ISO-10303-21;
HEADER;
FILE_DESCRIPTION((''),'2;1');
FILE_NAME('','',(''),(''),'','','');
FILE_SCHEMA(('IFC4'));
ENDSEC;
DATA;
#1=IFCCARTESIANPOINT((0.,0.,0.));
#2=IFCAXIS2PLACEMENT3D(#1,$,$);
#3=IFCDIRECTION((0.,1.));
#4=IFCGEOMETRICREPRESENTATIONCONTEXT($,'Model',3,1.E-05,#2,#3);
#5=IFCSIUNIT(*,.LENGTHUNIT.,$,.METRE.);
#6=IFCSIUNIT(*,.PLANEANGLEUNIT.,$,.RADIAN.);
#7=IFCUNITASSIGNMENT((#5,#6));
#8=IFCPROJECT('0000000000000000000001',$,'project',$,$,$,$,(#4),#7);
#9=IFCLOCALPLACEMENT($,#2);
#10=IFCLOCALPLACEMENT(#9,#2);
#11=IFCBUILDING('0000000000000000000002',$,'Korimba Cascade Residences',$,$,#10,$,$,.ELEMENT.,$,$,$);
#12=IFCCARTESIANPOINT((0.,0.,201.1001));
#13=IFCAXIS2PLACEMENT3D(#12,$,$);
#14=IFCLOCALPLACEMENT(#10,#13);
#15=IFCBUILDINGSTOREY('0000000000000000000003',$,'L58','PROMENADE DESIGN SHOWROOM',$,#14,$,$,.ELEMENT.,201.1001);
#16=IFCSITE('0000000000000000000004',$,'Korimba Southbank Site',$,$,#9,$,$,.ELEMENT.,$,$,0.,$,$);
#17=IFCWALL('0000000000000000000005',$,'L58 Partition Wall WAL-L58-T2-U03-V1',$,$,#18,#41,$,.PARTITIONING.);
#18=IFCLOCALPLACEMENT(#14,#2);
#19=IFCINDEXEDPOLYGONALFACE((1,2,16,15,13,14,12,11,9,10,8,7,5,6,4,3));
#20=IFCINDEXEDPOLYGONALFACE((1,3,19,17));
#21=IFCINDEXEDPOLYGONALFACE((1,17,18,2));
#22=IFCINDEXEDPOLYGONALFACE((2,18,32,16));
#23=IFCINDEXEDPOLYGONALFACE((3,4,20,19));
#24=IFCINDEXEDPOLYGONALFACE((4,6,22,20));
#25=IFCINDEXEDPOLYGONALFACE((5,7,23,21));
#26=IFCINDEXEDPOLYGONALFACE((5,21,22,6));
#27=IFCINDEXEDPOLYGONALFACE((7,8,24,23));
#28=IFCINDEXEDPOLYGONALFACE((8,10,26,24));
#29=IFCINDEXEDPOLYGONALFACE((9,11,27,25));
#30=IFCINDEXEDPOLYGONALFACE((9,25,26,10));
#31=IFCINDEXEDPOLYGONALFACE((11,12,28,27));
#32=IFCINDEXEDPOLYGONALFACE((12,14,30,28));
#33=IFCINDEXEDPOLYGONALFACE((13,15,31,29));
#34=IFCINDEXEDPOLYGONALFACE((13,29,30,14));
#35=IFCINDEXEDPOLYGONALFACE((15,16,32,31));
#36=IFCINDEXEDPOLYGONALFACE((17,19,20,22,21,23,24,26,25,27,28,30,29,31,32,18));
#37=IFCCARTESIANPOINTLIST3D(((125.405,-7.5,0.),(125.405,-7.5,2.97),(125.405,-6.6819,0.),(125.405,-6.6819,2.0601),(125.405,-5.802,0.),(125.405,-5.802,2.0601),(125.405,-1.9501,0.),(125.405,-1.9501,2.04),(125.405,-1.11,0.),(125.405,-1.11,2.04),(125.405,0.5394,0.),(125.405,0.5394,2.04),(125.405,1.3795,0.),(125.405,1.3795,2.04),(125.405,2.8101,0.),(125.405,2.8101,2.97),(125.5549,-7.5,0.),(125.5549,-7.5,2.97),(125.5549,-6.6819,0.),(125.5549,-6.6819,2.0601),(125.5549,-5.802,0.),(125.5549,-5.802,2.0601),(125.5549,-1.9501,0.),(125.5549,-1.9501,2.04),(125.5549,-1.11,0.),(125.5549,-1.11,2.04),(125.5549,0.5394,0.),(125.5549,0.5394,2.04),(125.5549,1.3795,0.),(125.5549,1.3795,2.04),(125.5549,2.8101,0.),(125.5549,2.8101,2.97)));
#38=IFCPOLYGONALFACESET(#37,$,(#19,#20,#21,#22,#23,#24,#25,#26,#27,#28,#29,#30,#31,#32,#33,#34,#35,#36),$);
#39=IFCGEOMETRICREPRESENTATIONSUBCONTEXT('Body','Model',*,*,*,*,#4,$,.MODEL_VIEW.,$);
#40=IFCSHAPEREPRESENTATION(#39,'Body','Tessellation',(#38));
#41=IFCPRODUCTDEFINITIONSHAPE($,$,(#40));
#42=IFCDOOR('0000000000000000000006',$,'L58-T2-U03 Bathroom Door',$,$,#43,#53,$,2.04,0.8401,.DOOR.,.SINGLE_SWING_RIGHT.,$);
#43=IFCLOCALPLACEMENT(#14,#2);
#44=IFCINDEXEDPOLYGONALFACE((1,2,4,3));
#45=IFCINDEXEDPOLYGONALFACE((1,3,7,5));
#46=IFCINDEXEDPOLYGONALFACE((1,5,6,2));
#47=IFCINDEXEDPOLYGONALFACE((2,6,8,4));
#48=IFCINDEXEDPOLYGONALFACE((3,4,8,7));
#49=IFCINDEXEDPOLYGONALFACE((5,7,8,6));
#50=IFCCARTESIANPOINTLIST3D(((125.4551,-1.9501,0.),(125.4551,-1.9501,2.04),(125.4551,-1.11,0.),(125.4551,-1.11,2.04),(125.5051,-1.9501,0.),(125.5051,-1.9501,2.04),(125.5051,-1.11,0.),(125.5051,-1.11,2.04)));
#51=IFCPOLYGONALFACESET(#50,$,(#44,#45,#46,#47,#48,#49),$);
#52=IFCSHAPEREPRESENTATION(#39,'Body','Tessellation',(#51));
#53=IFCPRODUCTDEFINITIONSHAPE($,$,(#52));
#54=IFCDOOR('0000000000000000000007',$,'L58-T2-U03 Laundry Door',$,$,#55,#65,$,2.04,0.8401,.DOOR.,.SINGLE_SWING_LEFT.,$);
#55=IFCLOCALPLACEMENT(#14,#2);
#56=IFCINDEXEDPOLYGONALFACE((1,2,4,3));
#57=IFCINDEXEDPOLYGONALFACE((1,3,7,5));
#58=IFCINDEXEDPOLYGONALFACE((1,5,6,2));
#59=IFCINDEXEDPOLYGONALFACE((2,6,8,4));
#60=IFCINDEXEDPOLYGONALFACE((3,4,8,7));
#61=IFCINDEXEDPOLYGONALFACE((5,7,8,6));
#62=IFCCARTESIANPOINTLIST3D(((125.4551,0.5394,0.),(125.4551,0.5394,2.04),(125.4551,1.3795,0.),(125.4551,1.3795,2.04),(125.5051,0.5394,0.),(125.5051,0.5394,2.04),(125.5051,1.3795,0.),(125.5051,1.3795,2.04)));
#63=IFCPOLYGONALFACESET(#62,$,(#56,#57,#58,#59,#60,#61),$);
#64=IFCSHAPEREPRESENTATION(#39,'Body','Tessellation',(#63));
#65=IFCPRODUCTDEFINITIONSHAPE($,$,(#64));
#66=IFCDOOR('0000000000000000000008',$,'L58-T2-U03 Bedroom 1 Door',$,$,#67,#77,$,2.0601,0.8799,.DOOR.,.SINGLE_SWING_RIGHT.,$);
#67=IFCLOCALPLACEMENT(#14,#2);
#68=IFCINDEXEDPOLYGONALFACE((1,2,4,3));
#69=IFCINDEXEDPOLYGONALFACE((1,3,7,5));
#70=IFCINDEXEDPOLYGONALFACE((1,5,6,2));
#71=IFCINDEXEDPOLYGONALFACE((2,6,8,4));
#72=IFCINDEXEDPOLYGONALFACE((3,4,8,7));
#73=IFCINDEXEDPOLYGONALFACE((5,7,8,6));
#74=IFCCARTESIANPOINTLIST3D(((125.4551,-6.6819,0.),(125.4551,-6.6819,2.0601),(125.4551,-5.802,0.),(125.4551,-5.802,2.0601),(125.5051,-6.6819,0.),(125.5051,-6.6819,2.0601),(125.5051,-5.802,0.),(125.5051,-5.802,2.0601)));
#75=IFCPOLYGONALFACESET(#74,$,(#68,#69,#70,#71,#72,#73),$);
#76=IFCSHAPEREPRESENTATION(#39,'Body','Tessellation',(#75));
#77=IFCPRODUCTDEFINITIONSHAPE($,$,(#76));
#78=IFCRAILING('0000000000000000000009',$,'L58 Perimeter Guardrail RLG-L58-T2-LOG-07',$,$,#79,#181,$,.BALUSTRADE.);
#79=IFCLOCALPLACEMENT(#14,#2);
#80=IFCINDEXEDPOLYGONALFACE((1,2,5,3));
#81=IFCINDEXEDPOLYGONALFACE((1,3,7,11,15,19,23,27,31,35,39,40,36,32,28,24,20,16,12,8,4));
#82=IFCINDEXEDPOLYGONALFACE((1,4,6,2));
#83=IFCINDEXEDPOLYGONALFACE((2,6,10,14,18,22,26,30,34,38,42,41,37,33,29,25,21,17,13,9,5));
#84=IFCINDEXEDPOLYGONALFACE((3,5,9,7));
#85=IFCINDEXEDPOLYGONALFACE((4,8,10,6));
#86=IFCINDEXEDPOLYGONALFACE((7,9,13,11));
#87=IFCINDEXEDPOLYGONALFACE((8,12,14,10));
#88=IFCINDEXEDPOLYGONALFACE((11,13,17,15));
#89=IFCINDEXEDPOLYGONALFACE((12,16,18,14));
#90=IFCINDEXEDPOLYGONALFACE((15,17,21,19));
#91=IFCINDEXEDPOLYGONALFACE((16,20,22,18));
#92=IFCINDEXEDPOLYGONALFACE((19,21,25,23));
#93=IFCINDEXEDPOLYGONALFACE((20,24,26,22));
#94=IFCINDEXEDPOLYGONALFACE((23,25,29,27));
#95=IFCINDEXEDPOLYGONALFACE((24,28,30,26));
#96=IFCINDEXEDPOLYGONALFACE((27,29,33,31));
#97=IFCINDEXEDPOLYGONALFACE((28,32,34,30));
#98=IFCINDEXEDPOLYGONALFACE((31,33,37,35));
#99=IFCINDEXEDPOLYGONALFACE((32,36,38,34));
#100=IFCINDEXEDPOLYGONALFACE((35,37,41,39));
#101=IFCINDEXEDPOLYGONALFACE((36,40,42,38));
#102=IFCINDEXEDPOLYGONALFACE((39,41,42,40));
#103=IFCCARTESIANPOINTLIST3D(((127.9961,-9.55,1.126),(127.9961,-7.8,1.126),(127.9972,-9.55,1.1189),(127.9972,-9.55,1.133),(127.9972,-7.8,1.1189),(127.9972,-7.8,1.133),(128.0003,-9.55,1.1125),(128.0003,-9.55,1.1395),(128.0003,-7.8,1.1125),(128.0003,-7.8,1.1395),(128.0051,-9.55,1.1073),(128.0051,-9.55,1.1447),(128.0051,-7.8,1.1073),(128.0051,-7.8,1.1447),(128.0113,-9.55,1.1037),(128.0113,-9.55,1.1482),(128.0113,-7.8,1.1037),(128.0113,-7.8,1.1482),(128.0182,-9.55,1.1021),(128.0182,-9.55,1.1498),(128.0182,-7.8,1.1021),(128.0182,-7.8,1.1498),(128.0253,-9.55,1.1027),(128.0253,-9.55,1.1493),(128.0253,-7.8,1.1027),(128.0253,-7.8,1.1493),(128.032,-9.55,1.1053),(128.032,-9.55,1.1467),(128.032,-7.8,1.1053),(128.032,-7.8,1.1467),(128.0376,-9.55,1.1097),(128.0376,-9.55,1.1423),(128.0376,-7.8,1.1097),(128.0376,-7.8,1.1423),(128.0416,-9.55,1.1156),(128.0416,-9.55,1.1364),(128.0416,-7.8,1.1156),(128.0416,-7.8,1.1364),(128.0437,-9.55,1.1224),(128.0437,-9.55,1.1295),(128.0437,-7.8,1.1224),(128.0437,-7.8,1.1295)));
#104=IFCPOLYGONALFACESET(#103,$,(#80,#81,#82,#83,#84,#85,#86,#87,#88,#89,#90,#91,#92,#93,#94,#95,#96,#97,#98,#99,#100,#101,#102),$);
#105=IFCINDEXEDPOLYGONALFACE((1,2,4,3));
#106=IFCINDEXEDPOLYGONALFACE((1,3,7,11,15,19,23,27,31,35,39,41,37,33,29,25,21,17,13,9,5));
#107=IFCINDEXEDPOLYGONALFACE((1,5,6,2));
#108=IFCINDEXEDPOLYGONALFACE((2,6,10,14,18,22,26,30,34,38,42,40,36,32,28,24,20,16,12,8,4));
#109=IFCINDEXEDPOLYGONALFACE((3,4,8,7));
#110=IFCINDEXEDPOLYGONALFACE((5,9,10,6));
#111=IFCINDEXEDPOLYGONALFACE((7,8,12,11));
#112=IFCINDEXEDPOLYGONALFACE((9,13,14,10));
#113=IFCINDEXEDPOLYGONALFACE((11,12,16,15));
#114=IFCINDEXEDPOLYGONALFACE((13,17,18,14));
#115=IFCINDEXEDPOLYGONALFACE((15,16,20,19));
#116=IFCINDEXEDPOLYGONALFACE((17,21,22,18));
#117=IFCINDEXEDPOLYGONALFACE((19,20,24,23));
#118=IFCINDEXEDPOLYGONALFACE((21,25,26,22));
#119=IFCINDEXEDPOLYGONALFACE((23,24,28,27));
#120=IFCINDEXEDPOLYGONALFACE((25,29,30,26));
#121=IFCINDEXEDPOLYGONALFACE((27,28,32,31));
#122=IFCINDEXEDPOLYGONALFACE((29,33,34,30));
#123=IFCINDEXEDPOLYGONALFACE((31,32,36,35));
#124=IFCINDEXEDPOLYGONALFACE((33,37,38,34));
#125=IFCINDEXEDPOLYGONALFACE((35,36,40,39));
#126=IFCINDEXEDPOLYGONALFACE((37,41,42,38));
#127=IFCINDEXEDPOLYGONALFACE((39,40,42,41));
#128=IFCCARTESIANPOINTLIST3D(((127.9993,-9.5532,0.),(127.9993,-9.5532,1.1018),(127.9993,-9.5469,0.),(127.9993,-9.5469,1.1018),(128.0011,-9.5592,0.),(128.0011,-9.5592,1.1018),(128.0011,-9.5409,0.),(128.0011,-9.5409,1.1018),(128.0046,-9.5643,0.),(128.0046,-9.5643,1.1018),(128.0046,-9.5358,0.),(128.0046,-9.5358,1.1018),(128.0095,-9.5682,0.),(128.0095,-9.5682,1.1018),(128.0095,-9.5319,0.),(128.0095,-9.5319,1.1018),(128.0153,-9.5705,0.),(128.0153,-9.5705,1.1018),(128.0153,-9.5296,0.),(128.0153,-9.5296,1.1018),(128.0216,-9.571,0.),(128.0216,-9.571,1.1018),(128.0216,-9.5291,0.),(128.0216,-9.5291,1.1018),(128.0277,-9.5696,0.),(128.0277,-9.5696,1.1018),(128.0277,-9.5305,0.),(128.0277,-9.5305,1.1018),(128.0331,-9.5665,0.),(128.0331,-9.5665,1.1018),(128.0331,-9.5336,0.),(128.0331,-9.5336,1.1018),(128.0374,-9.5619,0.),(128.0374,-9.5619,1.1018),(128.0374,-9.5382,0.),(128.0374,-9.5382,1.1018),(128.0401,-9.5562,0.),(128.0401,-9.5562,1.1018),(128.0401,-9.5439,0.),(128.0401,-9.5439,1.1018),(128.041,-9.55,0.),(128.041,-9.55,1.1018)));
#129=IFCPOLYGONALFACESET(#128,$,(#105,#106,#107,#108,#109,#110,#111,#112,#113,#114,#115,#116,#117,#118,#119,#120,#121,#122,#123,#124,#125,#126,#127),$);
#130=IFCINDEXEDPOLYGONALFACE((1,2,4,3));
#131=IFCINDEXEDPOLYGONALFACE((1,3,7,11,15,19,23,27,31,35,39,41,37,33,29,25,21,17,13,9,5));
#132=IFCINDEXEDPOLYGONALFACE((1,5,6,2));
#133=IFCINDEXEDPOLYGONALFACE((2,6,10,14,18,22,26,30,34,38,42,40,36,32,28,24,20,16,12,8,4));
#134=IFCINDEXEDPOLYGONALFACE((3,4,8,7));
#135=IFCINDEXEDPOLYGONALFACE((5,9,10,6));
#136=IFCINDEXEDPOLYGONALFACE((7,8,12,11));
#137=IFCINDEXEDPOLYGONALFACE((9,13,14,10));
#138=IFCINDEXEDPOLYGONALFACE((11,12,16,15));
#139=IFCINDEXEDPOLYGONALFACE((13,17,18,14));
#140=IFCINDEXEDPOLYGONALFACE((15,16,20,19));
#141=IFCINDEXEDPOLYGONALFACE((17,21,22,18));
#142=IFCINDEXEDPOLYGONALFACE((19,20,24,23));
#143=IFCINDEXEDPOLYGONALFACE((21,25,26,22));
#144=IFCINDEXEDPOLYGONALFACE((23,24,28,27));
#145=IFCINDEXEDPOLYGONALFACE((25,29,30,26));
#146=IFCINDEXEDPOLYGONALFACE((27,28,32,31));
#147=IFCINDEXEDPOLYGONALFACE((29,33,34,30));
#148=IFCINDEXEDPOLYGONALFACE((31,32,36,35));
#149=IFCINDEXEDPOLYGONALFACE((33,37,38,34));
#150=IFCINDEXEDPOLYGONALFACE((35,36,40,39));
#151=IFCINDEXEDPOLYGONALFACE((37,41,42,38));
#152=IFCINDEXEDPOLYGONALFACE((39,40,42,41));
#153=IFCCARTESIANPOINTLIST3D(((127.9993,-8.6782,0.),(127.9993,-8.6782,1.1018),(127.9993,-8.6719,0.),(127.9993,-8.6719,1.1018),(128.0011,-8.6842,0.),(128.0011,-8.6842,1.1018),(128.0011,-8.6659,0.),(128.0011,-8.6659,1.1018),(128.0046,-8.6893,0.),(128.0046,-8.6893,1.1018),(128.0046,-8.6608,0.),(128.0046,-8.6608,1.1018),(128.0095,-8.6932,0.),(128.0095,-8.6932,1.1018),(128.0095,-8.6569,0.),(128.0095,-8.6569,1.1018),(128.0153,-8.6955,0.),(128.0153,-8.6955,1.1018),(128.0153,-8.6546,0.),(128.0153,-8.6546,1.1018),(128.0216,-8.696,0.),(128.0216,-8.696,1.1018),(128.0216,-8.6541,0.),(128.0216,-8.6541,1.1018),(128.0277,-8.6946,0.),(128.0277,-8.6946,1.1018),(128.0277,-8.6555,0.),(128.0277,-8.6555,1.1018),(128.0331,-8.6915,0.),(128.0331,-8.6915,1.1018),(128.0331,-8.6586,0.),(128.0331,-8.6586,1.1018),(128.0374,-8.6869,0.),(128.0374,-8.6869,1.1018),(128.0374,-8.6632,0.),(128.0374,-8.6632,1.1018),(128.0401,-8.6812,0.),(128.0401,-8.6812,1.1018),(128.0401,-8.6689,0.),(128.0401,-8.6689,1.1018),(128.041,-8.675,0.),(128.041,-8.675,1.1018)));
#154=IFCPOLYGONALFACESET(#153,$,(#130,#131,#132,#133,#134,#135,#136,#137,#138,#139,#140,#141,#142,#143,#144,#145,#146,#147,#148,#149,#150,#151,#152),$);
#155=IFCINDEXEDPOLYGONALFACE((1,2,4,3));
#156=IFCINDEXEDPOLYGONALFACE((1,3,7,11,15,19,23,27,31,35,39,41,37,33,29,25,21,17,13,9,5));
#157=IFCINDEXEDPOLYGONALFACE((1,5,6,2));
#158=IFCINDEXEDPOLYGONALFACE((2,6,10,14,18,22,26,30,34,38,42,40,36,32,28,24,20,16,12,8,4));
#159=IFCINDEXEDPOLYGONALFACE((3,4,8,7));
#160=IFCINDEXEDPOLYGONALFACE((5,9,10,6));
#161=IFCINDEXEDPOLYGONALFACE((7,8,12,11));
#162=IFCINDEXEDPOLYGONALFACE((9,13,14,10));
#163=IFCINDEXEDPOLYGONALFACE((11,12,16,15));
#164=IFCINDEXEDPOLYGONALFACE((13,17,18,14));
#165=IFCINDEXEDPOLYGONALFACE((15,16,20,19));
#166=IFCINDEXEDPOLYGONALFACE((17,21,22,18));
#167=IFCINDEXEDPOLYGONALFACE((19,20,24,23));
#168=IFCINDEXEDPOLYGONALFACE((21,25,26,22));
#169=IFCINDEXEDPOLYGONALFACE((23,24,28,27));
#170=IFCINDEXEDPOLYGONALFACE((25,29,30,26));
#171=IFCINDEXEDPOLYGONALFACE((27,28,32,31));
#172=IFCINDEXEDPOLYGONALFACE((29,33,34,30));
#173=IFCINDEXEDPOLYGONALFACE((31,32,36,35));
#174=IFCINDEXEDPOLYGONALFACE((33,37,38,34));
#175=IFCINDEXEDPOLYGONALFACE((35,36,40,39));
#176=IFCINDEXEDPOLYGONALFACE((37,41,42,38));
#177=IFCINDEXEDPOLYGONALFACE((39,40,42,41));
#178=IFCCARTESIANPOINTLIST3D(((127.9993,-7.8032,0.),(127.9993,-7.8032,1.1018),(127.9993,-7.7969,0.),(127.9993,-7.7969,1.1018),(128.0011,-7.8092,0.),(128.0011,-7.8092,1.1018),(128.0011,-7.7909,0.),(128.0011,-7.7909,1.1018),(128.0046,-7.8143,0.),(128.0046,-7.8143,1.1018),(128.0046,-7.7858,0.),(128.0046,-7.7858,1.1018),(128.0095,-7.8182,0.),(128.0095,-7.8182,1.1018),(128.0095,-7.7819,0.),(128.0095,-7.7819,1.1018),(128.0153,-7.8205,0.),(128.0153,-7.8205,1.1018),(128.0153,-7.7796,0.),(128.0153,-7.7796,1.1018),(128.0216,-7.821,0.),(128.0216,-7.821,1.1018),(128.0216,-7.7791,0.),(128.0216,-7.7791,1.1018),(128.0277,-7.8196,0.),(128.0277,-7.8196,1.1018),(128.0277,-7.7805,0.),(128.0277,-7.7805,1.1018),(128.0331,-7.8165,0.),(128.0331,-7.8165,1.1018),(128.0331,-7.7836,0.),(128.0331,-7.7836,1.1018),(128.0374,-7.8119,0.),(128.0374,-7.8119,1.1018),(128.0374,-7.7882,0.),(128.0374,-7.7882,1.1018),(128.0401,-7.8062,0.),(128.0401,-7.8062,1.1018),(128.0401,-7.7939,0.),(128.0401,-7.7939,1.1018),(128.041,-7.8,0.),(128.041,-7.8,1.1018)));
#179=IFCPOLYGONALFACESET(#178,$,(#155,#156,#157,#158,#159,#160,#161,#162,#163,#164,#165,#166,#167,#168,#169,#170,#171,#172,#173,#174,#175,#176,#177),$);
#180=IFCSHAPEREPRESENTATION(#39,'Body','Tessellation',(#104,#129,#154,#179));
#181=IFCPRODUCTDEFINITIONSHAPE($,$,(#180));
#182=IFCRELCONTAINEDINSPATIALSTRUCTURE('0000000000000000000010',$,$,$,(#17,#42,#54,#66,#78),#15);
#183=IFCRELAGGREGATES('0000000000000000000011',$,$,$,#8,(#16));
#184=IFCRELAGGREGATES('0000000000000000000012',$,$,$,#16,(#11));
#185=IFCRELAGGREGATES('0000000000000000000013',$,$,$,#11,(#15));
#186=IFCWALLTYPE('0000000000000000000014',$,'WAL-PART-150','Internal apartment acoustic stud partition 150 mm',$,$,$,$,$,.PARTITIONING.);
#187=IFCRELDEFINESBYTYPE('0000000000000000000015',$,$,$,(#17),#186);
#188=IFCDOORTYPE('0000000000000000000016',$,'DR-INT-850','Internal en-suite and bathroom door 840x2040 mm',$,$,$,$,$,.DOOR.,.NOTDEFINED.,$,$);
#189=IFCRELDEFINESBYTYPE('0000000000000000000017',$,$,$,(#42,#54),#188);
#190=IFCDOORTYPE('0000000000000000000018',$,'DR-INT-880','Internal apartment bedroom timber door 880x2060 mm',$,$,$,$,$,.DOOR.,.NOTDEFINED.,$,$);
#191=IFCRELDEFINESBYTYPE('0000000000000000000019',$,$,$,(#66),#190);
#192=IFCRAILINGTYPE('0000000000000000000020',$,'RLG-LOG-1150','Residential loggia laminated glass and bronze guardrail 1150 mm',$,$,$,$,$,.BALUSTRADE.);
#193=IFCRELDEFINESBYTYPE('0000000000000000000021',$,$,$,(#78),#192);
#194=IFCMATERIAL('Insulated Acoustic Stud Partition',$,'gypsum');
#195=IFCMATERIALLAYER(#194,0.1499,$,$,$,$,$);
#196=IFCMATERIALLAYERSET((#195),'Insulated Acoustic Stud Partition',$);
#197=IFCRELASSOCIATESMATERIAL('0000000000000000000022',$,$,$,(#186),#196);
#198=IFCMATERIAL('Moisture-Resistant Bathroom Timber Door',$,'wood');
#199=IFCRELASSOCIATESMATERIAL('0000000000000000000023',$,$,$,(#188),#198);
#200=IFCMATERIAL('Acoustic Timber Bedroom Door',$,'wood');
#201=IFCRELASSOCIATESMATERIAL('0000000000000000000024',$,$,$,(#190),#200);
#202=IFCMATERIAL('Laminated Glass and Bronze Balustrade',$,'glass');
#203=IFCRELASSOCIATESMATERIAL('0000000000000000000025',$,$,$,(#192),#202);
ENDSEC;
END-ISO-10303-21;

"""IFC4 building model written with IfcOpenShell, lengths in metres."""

from ifc_helpers import new_model, si_unit, direction, frame, frame_2d, origin, origin_2d, place, context, subcontext, project, spatial, rectangle, circle, extrude, material, layer, layer_set, type_object, element, fill, save


model = new_model("IFC4")

# Units and contexts
model_context = context("Model", 3, precision=1e-05, world=origin(), true_north=direction((0.0, 1.0)))
body_context = subcontext(model_context, "Body", "Model", "MODEL_VIEW")
ifc_project = project(units=[si_unit("LENGTHUNIT", "METRE"), si_unit("PLANEANGLEUNIT", "RADIAN")], contexts=[model_context])

# Site, building, storey
site_placement = place(None, origin())
site = spatial("IfcSite", under=ifc_project, at=site_placement, Name="Korimba Southbank Site", CompositionType="ELEMENT", RefElevation=0.0)
building_placement = place(site_placement, origin())
building = spatial("IfcBuilding", under=site, at=building_placement, Name="Korimba Cascade Residences", CompositionType="ELEMENT")
storey_placement = place(building_placement, frame((0.0, 0.0, 201.1001)))
storey = spatial("IfcBuildingStorey", under=building, at=storey_placement, Name="L58", Description="PROMENADE DESIGN SHOWROOM", CompositionType="ELEMENT", Elevation=201.1001)

# Shared definitions
ifc_material_1 = material(Name="Insulated Acoustic Stud Partition", Category="gypsum")
ifc_layer_1 = layer(ifc_material_1, 0.1499)
ifc_layer_set_1 = layer_set([ifc_layer_1], Name="Insulated Acoustic Stud Partition")
wall_type_1 = type_object("IfcWallType", Name="WAL-PART-150", Description="Internal apartment acoustic stud partition 150 mm", PredefinedType="PARTITIONING", material=ifc_layer_set_1)
ifc_material_2 = material(Name="Moisture-Resistant Bathroom Timber Door", Category="wood")
door_type_1 = type_object("IfcDoorType", Name="DR-INT-850", Description="Internal en-suite and bathroom door 840x2040 mm", OperationType="NOTDEFINED", PredefinedType="DOOR", material=ifc_material_2)
ifc_material_3 = material(Name="Acoustic Timber Bedroom Door", Category="wood")
door_type_2 = type_object("IfcDoorType", Name="DR-INT-880", Description="Internal apartment bedroom timber door 880x2060 mm", OperationType="NOTDEFINED", PredefinedType="DOOR", material=ifc_material_3)

# Wall, openings, doors
wall_1_placement = place(storey_placement, frame((125.48, -7.5, 0.0), z_axis=(0.0, 0.0, 1.0), x_axis=(0.0, 1.0, 0.0)))
wall_1 = element("IfcWall", 1, at=wall_1_placement, inside=storey, type_object=wall_type_1, Name="L58 Partition Wall WAL-L58-T2-U03-V1", PredefinedType="PARTITIONING", context=body_context, shape_type="SweptSolid", body=[
    extrude(rectangle(XDim=10.3101, YDim=0.1499, at=frame_2d((5.155, 0.0))), origin(), (0.0, 0.0, 1.0), 2.97),
])
opening_1_placement = place(wall_1_placement, frame((5.55, 0.0, 0.0)))
opening_1 = element("IfcOpeningElement", 2, at=opening_1_placement, cuts=wall_1, PredefinedType="OPENING", context=body_context, shape_type="SweptSolid", body=[
    extrude(rectangle(XDim=0.8401, YDim=2.04, at=frame_2d((0.4199, 1.02))), frame((0.0, 0.085, 0.0), z_axis=(0.0, -1.0, 0.0), x_axis=(1.0, 0.0, 0.0)), (0.0, 0.0, 1.0), 0.1699),
])
opening_2_placement = place(wall_1_placement, frame((8.0396, 0.0, 0.0)))
opening_2 = element("IfcOpeningElement", 3, at=opening_2_placement, cuts=wall_1, PredefinedType="OPENING", context=body_context, shape_type="SweptSolid", body=[
    extrude(rectangle(XDim=0.8401, YDim=2.04, at=frame_2d((0.4199, 1.02))), frame((0.0, 0.085, 0.0), z_axis=(0.0, -1.0, 0.0), x_axis=(1.0, 0.0, 0.0)), (0.0, 0.0, 1.0), 0.1699),
])
opening_3_placement = place(wall_1_placement, frame((0.8181, 0.0, 0.0)))
opening_3 = element("IfcOpeningElement", 4, at=opening_3_placement, cuts=wall_1, PredefinedType="OPENING", context=body_context, shape_type="SweptSolid", body=[
    extrude(rectangle(XDim=0.8799, YDim=2.0601, at=frame_2d((0.4399, 1.03))), frame((0.0, 0.085, 0.0), z_axis=(0.0, -1.0, 0.0), x_axis=(1.0, 0.0, 0.0)), (0.0, 0.0, 1.0), 0.1699),
])
door_1_placement = place(opening_1_placement, origin())
door_1 = element("IfcDoor", 5, at=door_1_placement, inside=storey, type_object=door_type_1, Name="L58-T2-U03 Bathroom Door", OperationType="SINGLE_SWING_RIGHT", OverallHeight=2.04, OverallWidth=0.8401, PredefinedType="DOOR", context=body_context, shape_type="SweptSolid", body=[
    extrude(rectangle(XDim=0.8401, YDim=2.04, at=frame_2d((0.4199, 1.02))), frame((0.0, 0.0249, 0.0), z_axis=(0.0, -1.0, 0.0), x_axis=(1.0, 0.0, 0.0)), (0.0, 0.0, 1.0), 0.05),
])
fill(opening_1, door_1)
door_2_placement = place(opening_2_placement, origin())
door_2 = element("IfcDoor", 6, at=door_2_placement, inside=storey, type_object=door_type_1, Name="L58-T2-U03 Laundry Door", OperationType="SINGLE_SWING_LEFT", OverallHeight=2.04, OverallWidth=0.8401, PredefinedType="DOOR", context=body_context, shape_type="SweptSolid", body=[
    extrude(rectangle(XDim=0.8401, YDim=2.04, at=frame_2d((0.4199, 1.02))), frame((0.0, 0.0249, 0.0), z_axis=(0.0, -1.0, 0.0), x_axis=(1.0, 0.0, 0.0)), (0.0, 0.0, 1.0), 0.05),
])
fill(opening_2, door_2)
door_3_placement = place(opening_3_placement, origin())
door_3 = element("IfcDoor", 7, at=door_3_placement, inside=storey, type_object=door_type_2, Name="L58-T2-U03 Bedroom 1 Door", OperationType="SINGLE_SWING_RIGHT", OverallHeight=2.0601, OverallWidth=0.8799, PredefinedType="DOOR", context=body_context, shape_type="SweptSolid", body=[
    extrude(rectangle(XDim=0.8799, YDim=2.0601, at=frame_2d((0.4399, 1.03))), frame((0.0, 0.0249, 0.0), z_axis=(0.0, -1.0, 0.0), x_axis=(1.0, 0.0, 0.0)), (0.0, 0.0, 1.0), 0.05),
])
fill(opening_3, door_3)

# Railing
ifc_material_4 = material(Name="Laminated Glass and Bronze Balustrade", Category="glass")
railing_type = type_object("IfcRailingType", Name="RLG-LOG-1150", Description="Residential loggia laminated glass and bronze guardrail 1150 mm", PredefinedType="BALUSTRADE", material=ifc_material_4)
railing_1_placement = place(storey_placement, frame((128.02, -9.55, 0.0)))
element("IfcRailing", 8, at=railing_1_placement, inside=storey, type_object=railing_type, Name="L58 Perimeter Guardrail RLG-L58-T2-LOG-07", PredefinedType="BALUSTRADE", context=body_context, shape_type="SweptSolid", body=[
    extrude(circle(Radius=0.0239, at=origin_2d()), frame((0.0, 0.0, 1.126), z_axis=(0.0, 1.0, 0.0), x_axis=(-1.0, 0.0, 0.0)), (0.0, 0.0, 1.0), 1.75),
    extrude(circle(Radius=0.021, at=origin_2d()), origin(), (0.0, 0.0, 1.0), 1.1018),
    extrude(circle(Radius=0.021, at=origin_2d()), frame((0.0, 0.875, 0.0)), (0.0, 0.0, 1.0), 1.1018),
    extrude(circle(Radius=0.021, at=origin_2d()), frame((0.0, 1.75, 0.0)), (0.0, 0.0, 1.0), 1.1018),
])

save(model, "model.ifc")
